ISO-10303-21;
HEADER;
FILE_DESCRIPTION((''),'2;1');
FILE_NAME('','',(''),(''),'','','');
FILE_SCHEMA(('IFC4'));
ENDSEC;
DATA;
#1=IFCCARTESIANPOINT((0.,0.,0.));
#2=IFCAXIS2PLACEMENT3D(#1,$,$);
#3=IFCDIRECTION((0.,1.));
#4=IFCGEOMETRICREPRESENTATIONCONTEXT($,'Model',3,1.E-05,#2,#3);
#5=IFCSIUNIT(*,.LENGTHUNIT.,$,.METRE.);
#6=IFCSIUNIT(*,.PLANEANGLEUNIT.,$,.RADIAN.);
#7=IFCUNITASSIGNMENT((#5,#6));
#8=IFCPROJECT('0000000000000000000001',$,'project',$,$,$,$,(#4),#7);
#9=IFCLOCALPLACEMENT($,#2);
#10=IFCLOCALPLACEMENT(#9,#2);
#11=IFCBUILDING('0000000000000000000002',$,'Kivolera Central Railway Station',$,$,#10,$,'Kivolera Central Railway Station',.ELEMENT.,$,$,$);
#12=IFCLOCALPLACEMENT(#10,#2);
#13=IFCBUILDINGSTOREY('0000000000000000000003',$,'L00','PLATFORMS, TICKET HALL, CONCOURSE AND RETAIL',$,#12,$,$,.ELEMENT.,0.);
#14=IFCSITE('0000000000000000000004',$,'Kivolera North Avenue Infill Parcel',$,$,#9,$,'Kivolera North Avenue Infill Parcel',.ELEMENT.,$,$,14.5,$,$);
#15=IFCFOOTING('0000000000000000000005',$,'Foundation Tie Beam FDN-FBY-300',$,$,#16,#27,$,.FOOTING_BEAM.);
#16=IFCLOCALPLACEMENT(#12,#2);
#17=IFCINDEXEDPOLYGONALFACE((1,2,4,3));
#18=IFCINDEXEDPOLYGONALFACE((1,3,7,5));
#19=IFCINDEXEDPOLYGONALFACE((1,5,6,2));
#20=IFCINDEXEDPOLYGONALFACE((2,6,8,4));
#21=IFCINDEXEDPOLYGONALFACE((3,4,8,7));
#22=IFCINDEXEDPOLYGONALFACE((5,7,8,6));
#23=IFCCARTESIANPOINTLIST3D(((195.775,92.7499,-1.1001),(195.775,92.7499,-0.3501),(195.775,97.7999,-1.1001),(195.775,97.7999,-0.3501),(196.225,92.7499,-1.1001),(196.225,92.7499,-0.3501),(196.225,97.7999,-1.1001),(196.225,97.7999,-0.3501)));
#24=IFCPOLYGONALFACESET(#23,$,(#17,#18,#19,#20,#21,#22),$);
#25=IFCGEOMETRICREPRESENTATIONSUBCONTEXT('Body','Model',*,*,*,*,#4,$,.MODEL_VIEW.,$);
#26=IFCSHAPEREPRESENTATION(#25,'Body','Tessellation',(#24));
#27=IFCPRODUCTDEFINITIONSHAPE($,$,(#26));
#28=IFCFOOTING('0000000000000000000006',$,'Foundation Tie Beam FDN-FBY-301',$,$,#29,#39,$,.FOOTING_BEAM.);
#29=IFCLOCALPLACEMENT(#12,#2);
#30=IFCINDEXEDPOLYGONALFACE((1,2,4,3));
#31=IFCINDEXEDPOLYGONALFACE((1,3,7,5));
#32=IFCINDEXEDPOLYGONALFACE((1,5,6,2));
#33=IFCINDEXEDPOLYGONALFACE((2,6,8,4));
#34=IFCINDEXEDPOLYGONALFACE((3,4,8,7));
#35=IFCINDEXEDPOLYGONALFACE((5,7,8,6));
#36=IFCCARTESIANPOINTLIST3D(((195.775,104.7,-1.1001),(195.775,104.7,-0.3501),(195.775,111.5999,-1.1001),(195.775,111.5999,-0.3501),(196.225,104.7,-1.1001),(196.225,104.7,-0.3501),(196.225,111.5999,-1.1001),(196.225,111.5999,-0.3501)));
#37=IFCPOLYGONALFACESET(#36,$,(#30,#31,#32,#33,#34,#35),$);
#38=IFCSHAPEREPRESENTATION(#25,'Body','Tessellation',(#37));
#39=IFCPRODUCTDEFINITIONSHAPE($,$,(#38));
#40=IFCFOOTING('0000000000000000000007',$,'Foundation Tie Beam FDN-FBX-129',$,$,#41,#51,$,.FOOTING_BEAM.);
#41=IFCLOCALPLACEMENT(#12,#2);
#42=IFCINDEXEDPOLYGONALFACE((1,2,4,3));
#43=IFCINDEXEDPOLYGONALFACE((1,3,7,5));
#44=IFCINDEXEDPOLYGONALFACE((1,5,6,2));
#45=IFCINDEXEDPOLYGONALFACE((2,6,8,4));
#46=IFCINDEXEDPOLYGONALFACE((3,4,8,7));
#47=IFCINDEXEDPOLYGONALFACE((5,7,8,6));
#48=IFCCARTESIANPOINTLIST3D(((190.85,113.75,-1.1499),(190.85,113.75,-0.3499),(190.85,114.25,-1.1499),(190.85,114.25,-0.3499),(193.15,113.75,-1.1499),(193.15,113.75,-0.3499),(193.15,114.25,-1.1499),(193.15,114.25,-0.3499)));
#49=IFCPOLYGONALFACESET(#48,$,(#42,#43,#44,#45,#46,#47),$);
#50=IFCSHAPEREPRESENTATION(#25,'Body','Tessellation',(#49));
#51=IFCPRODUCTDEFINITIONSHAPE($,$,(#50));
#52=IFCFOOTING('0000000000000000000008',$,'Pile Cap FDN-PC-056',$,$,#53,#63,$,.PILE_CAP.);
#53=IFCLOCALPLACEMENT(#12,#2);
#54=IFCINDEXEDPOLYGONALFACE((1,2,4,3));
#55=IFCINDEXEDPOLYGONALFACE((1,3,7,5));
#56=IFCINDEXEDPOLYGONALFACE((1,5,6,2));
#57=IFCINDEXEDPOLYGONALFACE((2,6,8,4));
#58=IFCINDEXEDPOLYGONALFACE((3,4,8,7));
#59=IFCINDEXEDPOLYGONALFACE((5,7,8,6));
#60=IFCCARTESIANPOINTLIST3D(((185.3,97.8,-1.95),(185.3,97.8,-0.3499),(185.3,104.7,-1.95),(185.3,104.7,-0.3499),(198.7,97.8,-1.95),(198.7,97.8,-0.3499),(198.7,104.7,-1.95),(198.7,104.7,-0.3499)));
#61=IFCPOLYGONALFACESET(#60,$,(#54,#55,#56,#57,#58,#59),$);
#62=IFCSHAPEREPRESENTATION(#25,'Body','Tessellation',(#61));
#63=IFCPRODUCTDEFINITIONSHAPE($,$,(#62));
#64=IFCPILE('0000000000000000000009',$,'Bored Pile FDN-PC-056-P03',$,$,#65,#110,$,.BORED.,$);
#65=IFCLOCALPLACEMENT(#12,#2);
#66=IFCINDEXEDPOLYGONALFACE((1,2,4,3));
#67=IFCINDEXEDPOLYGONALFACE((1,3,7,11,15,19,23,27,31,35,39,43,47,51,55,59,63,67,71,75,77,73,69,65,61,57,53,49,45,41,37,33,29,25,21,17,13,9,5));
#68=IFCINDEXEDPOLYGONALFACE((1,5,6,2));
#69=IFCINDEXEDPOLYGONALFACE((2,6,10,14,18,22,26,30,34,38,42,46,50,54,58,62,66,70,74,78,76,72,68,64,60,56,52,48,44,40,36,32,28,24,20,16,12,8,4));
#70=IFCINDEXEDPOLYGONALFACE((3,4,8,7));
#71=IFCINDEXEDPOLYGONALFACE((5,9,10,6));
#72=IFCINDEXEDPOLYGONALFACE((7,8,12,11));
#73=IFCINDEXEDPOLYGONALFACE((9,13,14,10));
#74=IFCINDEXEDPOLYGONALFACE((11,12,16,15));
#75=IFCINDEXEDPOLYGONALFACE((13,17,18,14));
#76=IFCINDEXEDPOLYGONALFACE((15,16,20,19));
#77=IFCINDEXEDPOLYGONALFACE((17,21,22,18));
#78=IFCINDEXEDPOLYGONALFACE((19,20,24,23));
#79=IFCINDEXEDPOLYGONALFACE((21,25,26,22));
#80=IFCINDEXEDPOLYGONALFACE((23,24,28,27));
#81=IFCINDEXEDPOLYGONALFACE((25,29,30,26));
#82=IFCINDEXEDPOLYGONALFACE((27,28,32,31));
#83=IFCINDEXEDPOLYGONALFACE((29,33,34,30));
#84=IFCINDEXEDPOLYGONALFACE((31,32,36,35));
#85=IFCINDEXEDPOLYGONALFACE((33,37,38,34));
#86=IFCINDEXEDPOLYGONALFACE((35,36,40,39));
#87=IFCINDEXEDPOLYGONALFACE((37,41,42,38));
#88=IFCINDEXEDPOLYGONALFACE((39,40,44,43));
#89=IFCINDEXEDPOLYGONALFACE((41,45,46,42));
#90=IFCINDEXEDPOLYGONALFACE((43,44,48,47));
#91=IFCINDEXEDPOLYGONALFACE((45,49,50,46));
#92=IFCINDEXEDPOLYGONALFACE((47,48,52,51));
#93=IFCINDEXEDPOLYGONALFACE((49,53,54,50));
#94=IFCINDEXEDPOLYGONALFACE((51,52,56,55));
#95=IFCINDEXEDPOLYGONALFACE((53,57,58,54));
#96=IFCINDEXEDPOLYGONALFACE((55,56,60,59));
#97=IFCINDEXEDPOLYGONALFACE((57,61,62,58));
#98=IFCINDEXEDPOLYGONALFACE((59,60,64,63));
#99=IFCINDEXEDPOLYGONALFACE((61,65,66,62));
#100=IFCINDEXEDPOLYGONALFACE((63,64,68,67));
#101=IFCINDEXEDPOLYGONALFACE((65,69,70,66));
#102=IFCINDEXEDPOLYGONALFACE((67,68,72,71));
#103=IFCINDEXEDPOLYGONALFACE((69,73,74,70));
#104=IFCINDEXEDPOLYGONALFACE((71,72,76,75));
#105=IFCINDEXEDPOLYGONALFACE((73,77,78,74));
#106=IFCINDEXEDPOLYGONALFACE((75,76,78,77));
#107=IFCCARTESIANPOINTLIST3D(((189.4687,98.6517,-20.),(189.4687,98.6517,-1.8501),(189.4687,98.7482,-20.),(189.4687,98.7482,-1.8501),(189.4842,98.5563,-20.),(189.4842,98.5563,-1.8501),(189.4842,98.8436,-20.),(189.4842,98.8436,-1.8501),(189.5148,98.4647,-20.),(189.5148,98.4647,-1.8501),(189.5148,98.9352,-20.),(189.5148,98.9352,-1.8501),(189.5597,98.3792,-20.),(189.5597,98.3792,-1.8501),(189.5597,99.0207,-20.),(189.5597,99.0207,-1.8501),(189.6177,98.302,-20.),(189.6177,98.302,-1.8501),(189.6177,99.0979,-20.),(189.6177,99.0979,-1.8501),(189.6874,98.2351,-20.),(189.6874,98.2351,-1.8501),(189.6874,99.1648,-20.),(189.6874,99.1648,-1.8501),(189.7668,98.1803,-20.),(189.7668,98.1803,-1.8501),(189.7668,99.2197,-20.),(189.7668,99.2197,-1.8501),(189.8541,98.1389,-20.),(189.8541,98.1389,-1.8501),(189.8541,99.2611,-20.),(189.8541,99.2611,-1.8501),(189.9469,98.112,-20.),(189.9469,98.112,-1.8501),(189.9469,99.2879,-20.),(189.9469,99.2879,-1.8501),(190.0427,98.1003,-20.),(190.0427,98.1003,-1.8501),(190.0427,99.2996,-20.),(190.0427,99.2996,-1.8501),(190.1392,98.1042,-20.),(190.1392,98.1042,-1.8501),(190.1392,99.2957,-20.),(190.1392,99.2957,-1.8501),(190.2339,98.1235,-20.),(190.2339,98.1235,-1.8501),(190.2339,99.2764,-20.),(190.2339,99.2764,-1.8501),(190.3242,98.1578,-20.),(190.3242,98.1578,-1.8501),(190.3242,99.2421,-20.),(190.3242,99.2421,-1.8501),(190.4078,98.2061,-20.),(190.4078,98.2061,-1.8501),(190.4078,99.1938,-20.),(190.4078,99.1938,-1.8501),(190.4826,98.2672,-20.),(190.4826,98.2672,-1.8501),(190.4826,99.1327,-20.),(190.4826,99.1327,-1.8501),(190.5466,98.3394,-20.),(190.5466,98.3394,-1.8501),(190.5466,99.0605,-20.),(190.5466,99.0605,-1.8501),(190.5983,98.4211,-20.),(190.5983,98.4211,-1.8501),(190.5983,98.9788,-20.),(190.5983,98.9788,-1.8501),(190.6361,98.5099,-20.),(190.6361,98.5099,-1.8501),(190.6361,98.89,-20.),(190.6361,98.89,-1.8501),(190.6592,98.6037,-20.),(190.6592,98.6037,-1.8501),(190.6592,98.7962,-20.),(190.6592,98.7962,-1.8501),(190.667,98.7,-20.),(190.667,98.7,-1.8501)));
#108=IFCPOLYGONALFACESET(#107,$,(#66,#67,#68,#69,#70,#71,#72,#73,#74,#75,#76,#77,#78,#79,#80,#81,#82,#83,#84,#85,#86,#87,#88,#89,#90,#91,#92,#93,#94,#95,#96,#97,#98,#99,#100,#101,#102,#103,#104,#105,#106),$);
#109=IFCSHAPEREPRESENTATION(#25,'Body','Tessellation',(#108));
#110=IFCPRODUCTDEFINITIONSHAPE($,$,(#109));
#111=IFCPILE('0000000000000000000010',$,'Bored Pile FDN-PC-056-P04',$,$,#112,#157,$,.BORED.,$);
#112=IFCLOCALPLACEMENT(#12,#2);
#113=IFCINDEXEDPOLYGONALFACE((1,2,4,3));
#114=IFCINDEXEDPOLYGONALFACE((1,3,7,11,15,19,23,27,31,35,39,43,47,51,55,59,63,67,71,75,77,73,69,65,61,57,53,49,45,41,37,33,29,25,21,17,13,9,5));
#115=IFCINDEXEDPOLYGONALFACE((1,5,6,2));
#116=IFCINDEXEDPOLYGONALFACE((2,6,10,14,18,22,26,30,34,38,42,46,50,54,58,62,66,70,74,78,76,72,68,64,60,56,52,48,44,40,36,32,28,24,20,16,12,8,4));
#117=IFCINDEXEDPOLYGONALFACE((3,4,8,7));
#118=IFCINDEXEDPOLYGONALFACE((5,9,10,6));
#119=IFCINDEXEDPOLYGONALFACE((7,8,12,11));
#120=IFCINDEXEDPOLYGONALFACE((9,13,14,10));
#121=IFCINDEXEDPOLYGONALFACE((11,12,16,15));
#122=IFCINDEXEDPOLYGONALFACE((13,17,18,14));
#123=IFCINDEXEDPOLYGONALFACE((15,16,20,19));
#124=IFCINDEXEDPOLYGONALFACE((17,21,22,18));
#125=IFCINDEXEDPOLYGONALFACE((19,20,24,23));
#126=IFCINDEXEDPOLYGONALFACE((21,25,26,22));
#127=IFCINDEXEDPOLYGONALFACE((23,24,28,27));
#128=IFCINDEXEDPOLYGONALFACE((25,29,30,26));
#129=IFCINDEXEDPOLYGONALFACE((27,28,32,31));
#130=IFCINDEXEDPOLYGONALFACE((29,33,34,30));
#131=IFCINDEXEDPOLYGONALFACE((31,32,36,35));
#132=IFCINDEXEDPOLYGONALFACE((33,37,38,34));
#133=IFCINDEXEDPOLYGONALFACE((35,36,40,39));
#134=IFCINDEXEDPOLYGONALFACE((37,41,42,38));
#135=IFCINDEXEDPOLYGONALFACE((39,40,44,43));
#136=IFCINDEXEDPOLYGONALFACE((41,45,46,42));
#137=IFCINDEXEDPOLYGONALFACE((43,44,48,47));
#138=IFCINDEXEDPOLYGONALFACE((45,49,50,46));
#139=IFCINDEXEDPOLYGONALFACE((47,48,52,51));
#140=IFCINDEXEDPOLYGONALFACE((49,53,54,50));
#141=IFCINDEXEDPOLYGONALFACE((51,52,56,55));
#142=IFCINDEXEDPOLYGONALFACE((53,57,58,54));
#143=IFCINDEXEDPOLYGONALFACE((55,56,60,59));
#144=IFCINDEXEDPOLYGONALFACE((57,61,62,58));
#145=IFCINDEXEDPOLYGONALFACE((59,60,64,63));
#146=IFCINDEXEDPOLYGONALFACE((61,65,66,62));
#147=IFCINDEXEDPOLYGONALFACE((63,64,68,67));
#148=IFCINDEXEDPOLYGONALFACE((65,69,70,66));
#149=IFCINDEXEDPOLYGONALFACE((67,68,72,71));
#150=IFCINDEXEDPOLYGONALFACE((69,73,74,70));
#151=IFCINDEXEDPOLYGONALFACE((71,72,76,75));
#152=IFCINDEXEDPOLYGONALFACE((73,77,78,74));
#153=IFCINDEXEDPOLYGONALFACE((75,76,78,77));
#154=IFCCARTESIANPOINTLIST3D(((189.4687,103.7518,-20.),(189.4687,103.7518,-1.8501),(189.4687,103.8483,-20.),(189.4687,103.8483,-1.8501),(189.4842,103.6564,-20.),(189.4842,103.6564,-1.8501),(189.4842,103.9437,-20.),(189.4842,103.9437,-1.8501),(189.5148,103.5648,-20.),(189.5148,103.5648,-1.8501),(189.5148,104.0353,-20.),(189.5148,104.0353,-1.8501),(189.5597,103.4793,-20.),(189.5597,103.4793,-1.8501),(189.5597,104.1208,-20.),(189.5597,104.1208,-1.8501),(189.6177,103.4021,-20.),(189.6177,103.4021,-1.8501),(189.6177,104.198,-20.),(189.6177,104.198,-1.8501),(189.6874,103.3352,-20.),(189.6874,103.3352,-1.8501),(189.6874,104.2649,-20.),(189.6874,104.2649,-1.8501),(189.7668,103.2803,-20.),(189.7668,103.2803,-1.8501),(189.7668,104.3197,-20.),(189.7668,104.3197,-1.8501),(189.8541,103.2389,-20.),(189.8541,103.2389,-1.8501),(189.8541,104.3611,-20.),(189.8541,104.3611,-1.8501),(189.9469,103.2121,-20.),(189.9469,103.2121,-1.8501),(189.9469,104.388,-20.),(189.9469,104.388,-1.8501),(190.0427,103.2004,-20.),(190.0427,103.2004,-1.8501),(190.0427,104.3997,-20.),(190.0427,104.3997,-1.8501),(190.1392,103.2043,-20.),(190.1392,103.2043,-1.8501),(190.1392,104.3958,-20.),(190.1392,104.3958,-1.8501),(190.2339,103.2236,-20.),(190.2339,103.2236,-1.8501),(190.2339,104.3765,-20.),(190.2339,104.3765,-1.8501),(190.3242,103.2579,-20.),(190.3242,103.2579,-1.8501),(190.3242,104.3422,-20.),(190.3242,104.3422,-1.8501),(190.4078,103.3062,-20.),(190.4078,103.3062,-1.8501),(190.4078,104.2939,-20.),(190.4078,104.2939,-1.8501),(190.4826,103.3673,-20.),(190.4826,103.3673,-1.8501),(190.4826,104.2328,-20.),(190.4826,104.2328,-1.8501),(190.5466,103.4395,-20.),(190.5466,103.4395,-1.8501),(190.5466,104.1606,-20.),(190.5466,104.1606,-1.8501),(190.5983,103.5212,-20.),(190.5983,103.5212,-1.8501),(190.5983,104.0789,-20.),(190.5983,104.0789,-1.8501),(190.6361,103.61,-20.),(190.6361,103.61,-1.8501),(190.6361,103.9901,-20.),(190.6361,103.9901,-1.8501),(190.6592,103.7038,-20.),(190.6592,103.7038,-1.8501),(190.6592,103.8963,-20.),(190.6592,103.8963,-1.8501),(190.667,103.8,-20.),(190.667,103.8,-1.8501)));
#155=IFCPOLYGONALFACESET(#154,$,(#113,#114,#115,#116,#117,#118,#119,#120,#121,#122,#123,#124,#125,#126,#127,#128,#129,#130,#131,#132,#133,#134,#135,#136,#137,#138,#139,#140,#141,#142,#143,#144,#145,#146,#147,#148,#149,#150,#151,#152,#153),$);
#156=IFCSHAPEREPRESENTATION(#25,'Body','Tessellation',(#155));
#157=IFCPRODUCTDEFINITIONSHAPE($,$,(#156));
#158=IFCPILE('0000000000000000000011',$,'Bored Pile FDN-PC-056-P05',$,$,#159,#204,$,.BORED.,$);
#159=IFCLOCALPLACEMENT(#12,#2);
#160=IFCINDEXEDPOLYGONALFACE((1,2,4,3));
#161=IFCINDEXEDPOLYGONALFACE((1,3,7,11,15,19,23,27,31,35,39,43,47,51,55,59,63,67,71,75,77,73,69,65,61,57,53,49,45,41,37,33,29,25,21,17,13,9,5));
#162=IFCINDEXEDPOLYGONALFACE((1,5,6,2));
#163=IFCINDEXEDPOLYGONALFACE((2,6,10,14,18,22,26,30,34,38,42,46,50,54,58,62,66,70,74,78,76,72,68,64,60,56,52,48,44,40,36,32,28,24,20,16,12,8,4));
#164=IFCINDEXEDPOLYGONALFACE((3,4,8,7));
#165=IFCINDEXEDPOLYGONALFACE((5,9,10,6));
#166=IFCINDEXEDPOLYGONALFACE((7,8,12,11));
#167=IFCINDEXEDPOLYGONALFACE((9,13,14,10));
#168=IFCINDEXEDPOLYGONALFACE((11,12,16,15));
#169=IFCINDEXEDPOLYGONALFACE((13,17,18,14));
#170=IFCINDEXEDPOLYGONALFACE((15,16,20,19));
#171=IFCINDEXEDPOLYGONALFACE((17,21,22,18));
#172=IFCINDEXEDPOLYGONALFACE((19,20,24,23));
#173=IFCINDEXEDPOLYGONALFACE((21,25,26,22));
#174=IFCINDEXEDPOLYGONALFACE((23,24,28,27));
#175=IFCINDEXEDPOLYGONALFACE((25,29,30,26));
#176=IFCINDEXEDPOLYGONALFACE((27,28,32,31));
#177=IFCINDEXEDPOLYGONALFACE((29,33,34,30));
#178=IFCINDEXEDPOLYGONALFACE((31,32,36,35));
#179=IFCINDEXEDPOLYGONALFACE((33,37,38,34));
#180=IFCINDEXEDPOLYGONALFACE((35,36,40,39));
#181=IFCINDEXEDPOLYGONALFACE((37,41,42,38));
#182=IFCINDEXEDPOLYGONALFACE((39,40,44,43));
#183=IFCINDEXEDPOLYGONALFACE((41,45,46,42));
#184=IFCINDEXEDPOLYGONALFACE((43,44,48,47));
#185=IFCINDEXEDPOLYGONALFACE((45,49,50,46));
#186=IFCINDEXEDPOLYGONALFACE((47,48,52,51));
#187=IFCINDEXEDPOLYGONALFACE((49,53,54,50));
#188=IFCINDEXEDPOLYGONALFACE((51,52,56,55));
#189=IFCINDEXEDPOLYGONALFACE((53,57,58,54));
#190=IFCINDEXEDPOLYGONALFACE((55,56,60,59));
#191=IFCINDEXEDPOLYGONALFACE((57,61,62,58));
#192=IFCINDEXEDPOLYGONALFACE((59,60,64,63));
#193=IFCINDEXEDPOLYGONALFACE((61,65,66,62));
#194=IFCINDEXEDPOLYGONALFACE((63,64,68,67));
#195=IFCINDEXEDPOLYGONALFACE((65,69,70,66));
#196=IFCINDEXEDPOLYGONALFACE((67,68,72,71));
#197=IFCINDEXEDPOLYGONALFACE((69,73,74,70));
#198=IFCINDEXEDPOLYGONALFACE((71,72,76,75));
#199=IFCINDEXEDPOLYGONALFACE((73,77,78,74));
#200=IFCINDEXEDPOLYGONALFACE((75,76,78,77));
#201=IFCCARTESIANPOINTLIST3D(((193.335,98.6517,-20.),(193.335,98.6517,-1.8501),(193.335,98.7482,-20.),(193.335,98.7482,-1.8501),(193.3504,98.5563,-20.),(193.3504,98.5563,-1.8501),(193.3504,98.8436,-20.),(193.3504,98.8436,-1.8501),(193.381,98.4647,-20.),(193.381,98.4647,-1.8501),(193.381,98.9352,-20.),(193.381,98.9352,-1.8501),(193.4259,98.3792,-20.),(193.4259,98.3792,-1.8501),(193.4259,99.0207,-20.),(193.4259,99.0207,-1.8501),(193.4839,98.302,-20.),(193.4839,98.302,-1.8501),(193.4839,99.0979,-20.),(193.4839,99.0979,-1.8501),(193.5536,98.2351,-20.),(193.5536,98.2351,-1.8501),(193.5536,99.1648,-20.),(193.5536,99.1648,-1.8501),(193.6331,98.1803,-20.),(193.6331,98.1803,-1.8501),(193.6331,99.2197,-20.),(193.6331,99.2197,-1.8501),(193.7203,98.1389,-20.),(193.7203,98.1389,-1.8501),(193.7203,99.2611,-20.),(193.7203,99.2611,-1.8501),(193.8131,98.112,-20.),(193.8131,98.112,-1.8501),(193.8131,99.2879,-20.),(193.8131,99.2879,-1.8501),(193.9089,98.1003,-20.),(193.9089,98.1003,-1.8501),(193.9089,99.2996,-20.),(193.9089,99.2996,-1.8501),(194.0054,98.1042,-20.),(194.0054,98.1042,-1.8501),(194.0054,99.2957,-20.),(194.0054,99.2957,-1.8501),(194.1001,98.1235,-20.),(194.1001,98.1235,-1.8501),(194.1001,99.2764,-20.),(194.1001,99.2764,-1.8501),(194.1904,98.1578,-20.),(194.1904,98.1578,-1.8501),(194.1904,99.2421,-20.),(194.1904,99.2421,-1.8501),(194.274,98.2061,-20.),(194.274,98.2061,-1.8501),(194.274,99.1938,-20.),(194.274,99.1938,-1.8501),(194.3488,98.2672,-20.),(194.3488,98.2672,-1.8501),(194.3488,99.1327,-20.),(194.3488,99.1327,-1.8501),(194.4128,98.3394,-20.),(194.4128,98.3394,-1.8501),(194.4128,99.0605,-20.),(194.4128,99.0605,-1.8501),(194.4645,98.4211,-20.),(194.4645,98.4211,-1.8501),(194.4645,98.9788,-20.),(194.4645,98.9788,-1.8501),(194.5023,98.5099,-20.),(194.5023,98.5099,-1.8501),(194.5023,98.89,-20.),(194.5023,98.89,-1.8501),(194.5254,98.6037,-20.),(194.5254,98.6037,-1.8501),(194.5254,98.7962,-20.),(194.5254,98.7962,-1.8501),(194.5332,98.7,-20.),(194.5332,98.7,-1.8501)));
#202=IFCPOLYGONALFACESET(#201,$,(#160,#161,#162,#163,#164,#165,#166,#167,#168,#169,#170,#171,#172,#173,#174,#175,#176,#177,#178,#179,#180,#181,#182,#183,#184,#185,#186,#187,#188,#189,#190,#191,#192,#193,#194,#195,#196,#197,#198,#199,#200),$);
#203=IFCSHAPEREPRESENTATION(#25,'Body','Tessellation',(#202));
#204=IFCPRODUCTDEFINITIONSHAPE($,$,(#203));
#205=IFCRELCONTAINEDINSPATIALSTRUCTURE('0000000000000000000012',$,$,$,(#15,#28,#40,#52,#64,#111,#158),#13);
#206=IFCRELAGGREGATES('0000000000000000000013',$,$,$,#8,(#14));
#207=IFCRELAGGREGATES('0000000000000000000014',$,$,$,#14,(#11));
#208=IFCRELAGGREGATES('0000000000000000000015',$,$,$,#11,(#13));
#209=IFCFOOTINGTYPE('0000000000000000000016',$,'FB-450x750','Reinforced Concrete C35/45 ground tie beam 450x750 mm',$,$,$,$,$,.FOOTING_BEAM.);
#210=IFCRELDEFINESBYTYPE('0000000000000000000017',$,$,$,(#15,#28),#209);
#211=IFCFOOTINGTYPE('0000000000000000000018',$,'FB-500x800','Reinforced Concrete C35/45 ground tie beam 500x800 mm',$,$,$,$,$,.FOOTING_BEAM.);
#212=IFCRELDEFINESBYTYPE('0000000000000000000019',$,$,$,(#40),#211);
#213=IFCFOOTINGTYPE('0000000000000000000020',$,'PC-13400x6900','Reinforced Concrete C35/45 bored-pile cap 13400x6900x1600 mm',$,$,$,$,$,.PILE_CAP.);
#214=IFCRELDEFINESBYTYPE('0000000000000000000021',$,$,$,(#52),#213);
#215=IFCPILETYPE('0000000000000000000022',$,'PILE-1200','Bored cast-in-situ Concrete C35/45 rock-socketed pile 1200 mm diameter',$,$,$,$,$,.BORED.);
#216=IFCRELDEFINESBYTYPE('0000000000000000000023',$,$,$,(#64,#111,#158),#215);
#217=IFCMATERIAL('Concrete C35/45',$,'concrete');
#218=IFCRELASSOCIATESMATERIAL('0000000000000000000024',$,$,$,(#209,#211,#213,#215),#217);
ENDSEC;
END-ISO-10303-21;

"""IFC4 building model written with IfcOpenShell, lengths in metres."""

from ifc_helpers import new_model, si_unit, direction, frame, origin, origin_2d, place, context, subcontext, project, spatial, rectangle, circle, extrude, material, material_profile, profile_set, type_object, element, save


model = new_model("IFC4")

# Units and contexts
model_context = context("Model", 3, precision=1e-05, world=origin(), true_north=direction((0.0, 1.0)))
body_context = subcontext(model_context, "Body", "Model", "MODEL_VIEW")
ifc_project = project(units=[si_unit("LENGTHUNIT", "METRE"), si_unit("PLANEANGLEUNIT", "RADIAN")], contexts=[model_context])

# Site, building, storey
site_placement = place(None, origin())
site = spatial("IfcSite", under=ifc_project, at=site_placement, Name="Kivolera North Avenue Infill Parcel", LongName="Kivolera North Avenue Infill Parcel", CompositionType="ELEMENT", RefElevation=14.5)
building_placement = place(site_placement, origin())
building = spatial("IfcBuilding", under=site, at=building_placement, Name="Kivolera Central Railway Station", LongName="Kivolera Central Railway Station", CompositionType="ELEMENT")
storey_placement = place(building_placement, origin())
storey = spatial("IfcBuildingStorey", under=building, at=storey_placement, Name="L00", Description="PLATFORMS, TICKET HALL, CONCOURSE AND RETAIL", CompositionType="ELEMENT", Elevation=0.0)

# Footings
ifc_material_1 = material(Name="Concrete C35/45", Category="concrete")
footing_type_1 = type_object("IfcFootingType", Name="FB-450x750", Description="Reinforced Concrete C35/45 ground tie beam 450x750 mm", PredefinedType="FOOTING_BEAM", material=ifc_material_1)
footing_1_placement = place(storey_placement, frame((196.0, 95.2749, -1.1001), z_axis=(0.0, 0.0, 1.0), x_axis=(1.0, 0.0, 0.0)))
element("IfcFooting", 1, at=footing_1_placement, inside=storey, type_object=footing_type_1, Name="Foundation Tie Beam FDN-FBY-300", PredefinedType="FOOTING_BEAM", context=body_context, shape_type="SweptSolid", body=[
    extrude(rectangle(XDim=0.45, YDim=5.05, at=origin_2d()), origin(), (0.0, 0.0, 1.0), 0.75),
])
footing_2_placement = place(storey_placement, frame((196.0, 108.1499, -1.1001), z_axis=(0.0, 0.0, 1.0), x_axis=(1.0, 0.0, 0.0)))
element("IfcFooting", 2, at=footing_2_placement, inside=storey, type_object=footing_type_1, Name="Foundation Tie Beam FDN-FBY-301", PredefinedType="FOOTING_BEAM", context=body_context, shape_type="SweptSolid", body=[
    extrude(rectangle(XDim=0.45, YDim=6.8999, at=origin_2d()), origin(), (0.0, 0.0, 1.0), 0.75),
])
footing_type_2 = type_object("IfcFootingType", Name="FB-500x800", Description="Reinforced Concrete C35/45 ground tie beam 500x800 mm", PredefinedType="FOOTING_BEAM", material=ifc_material_1)
footing_3_placement = place(storey_placement, frame((192.0, 114.0, -1.1499), z_axis=(0.0, 0.0, 1.0), x_axis=(1.0, 0.0, 0.0)))
element("IfcFooting", 3, at=footing_3_placement, inside=storey, type_object=footing_type_2, Name="Foundation Tie Beam FDN-FBX-129", PredefinedType="FOOTING_BEAM", context=body_context, shape_type="SweptSolid", body=[
    extrude(rectangle(XDim=2.3, YDim=0.5, at=origin_2d()), origin(), (0.0, 0.0, 1.0), 0.8),
])
footing_type_3 = type_object("IfcFootingType", Name="PC-13400x6900", Description="Reinforced Concrete C35/45 bored-pile cap 13400x6900x1600 mm", PredefinedType="PILE_CAP", material=ifc_material_1)
footing_4_placement = place(storey_placement, frame((192.0, 101.25, -1.95), z_axis=(0.0, 0.0, 1.0), x_axis=(1.0, 0.0, 0.0)))
element("IfcFooting", 4, at=footing_4_placement, inside=storey, type_object=footing_type_3, Name="Pile Cap FDN-PC-056", PredefinedType="PILE_CAP", context=body_context, shape_type="SweptSolid", body=[
    extrude(rectangle(XDim=13.3999, YDim=6.8999, at=origin_2d()), origin(), (0.0, 0.0, 1.0), 1.6001),
])

# Piles
ifc_material_profile_1 = material_profile(ifc_material_1, circle(Radius=0.6001, at=origin_2d()), Name="PILE D1200")
ifc_profile_set_1 = profile_set([ifc_material_profile_1], Name="Concrete C35/45")
pile_type = type_object("IfcPileType", Name="PILE-1200", Description="Bored cast-in-situ Concrete C35/45 rock-socketed pile 1200 mm diameter", PredefinedType="BORED", material=ifc_profile_set_1)
for number, where, z_axis, x_axis, name in (
    (5, (190.0669, 98.7, -1.8501), (0.0, 0.0, -1.0), (1.0, 0.0, 0.0), "Bored Pile FDN-PC-056-P03"),
    (6, (190.0669, 103.8, -1.8501), (0.0, 0.0, -1.0), (1.0, 0.0, 0.0), "Bored Pile FDN-PC-056-P04"),
    (7, (193.9331, 98.7, -1.8501), (0.0, 0.0, -1.0), (1.0, 0.0, 0.0), "Bored Pile FDN-PC-056-P05"),
):
    element("IfcPile", number, at=place(storey_placement, frame(where, z_axis=z_axis, x_axis=x_axis)), inside=storey, type_object=pile_type, Name=name, PredefinedType="BORED", context=body_context, shape_type="SweptSolid", body=[
        extrude(circle(Radius=0.6001, at=origin_2d()), origin(), (0.0, 0.0, 1.0), 18.1499),
    ])

save(model, "model.ifc")
